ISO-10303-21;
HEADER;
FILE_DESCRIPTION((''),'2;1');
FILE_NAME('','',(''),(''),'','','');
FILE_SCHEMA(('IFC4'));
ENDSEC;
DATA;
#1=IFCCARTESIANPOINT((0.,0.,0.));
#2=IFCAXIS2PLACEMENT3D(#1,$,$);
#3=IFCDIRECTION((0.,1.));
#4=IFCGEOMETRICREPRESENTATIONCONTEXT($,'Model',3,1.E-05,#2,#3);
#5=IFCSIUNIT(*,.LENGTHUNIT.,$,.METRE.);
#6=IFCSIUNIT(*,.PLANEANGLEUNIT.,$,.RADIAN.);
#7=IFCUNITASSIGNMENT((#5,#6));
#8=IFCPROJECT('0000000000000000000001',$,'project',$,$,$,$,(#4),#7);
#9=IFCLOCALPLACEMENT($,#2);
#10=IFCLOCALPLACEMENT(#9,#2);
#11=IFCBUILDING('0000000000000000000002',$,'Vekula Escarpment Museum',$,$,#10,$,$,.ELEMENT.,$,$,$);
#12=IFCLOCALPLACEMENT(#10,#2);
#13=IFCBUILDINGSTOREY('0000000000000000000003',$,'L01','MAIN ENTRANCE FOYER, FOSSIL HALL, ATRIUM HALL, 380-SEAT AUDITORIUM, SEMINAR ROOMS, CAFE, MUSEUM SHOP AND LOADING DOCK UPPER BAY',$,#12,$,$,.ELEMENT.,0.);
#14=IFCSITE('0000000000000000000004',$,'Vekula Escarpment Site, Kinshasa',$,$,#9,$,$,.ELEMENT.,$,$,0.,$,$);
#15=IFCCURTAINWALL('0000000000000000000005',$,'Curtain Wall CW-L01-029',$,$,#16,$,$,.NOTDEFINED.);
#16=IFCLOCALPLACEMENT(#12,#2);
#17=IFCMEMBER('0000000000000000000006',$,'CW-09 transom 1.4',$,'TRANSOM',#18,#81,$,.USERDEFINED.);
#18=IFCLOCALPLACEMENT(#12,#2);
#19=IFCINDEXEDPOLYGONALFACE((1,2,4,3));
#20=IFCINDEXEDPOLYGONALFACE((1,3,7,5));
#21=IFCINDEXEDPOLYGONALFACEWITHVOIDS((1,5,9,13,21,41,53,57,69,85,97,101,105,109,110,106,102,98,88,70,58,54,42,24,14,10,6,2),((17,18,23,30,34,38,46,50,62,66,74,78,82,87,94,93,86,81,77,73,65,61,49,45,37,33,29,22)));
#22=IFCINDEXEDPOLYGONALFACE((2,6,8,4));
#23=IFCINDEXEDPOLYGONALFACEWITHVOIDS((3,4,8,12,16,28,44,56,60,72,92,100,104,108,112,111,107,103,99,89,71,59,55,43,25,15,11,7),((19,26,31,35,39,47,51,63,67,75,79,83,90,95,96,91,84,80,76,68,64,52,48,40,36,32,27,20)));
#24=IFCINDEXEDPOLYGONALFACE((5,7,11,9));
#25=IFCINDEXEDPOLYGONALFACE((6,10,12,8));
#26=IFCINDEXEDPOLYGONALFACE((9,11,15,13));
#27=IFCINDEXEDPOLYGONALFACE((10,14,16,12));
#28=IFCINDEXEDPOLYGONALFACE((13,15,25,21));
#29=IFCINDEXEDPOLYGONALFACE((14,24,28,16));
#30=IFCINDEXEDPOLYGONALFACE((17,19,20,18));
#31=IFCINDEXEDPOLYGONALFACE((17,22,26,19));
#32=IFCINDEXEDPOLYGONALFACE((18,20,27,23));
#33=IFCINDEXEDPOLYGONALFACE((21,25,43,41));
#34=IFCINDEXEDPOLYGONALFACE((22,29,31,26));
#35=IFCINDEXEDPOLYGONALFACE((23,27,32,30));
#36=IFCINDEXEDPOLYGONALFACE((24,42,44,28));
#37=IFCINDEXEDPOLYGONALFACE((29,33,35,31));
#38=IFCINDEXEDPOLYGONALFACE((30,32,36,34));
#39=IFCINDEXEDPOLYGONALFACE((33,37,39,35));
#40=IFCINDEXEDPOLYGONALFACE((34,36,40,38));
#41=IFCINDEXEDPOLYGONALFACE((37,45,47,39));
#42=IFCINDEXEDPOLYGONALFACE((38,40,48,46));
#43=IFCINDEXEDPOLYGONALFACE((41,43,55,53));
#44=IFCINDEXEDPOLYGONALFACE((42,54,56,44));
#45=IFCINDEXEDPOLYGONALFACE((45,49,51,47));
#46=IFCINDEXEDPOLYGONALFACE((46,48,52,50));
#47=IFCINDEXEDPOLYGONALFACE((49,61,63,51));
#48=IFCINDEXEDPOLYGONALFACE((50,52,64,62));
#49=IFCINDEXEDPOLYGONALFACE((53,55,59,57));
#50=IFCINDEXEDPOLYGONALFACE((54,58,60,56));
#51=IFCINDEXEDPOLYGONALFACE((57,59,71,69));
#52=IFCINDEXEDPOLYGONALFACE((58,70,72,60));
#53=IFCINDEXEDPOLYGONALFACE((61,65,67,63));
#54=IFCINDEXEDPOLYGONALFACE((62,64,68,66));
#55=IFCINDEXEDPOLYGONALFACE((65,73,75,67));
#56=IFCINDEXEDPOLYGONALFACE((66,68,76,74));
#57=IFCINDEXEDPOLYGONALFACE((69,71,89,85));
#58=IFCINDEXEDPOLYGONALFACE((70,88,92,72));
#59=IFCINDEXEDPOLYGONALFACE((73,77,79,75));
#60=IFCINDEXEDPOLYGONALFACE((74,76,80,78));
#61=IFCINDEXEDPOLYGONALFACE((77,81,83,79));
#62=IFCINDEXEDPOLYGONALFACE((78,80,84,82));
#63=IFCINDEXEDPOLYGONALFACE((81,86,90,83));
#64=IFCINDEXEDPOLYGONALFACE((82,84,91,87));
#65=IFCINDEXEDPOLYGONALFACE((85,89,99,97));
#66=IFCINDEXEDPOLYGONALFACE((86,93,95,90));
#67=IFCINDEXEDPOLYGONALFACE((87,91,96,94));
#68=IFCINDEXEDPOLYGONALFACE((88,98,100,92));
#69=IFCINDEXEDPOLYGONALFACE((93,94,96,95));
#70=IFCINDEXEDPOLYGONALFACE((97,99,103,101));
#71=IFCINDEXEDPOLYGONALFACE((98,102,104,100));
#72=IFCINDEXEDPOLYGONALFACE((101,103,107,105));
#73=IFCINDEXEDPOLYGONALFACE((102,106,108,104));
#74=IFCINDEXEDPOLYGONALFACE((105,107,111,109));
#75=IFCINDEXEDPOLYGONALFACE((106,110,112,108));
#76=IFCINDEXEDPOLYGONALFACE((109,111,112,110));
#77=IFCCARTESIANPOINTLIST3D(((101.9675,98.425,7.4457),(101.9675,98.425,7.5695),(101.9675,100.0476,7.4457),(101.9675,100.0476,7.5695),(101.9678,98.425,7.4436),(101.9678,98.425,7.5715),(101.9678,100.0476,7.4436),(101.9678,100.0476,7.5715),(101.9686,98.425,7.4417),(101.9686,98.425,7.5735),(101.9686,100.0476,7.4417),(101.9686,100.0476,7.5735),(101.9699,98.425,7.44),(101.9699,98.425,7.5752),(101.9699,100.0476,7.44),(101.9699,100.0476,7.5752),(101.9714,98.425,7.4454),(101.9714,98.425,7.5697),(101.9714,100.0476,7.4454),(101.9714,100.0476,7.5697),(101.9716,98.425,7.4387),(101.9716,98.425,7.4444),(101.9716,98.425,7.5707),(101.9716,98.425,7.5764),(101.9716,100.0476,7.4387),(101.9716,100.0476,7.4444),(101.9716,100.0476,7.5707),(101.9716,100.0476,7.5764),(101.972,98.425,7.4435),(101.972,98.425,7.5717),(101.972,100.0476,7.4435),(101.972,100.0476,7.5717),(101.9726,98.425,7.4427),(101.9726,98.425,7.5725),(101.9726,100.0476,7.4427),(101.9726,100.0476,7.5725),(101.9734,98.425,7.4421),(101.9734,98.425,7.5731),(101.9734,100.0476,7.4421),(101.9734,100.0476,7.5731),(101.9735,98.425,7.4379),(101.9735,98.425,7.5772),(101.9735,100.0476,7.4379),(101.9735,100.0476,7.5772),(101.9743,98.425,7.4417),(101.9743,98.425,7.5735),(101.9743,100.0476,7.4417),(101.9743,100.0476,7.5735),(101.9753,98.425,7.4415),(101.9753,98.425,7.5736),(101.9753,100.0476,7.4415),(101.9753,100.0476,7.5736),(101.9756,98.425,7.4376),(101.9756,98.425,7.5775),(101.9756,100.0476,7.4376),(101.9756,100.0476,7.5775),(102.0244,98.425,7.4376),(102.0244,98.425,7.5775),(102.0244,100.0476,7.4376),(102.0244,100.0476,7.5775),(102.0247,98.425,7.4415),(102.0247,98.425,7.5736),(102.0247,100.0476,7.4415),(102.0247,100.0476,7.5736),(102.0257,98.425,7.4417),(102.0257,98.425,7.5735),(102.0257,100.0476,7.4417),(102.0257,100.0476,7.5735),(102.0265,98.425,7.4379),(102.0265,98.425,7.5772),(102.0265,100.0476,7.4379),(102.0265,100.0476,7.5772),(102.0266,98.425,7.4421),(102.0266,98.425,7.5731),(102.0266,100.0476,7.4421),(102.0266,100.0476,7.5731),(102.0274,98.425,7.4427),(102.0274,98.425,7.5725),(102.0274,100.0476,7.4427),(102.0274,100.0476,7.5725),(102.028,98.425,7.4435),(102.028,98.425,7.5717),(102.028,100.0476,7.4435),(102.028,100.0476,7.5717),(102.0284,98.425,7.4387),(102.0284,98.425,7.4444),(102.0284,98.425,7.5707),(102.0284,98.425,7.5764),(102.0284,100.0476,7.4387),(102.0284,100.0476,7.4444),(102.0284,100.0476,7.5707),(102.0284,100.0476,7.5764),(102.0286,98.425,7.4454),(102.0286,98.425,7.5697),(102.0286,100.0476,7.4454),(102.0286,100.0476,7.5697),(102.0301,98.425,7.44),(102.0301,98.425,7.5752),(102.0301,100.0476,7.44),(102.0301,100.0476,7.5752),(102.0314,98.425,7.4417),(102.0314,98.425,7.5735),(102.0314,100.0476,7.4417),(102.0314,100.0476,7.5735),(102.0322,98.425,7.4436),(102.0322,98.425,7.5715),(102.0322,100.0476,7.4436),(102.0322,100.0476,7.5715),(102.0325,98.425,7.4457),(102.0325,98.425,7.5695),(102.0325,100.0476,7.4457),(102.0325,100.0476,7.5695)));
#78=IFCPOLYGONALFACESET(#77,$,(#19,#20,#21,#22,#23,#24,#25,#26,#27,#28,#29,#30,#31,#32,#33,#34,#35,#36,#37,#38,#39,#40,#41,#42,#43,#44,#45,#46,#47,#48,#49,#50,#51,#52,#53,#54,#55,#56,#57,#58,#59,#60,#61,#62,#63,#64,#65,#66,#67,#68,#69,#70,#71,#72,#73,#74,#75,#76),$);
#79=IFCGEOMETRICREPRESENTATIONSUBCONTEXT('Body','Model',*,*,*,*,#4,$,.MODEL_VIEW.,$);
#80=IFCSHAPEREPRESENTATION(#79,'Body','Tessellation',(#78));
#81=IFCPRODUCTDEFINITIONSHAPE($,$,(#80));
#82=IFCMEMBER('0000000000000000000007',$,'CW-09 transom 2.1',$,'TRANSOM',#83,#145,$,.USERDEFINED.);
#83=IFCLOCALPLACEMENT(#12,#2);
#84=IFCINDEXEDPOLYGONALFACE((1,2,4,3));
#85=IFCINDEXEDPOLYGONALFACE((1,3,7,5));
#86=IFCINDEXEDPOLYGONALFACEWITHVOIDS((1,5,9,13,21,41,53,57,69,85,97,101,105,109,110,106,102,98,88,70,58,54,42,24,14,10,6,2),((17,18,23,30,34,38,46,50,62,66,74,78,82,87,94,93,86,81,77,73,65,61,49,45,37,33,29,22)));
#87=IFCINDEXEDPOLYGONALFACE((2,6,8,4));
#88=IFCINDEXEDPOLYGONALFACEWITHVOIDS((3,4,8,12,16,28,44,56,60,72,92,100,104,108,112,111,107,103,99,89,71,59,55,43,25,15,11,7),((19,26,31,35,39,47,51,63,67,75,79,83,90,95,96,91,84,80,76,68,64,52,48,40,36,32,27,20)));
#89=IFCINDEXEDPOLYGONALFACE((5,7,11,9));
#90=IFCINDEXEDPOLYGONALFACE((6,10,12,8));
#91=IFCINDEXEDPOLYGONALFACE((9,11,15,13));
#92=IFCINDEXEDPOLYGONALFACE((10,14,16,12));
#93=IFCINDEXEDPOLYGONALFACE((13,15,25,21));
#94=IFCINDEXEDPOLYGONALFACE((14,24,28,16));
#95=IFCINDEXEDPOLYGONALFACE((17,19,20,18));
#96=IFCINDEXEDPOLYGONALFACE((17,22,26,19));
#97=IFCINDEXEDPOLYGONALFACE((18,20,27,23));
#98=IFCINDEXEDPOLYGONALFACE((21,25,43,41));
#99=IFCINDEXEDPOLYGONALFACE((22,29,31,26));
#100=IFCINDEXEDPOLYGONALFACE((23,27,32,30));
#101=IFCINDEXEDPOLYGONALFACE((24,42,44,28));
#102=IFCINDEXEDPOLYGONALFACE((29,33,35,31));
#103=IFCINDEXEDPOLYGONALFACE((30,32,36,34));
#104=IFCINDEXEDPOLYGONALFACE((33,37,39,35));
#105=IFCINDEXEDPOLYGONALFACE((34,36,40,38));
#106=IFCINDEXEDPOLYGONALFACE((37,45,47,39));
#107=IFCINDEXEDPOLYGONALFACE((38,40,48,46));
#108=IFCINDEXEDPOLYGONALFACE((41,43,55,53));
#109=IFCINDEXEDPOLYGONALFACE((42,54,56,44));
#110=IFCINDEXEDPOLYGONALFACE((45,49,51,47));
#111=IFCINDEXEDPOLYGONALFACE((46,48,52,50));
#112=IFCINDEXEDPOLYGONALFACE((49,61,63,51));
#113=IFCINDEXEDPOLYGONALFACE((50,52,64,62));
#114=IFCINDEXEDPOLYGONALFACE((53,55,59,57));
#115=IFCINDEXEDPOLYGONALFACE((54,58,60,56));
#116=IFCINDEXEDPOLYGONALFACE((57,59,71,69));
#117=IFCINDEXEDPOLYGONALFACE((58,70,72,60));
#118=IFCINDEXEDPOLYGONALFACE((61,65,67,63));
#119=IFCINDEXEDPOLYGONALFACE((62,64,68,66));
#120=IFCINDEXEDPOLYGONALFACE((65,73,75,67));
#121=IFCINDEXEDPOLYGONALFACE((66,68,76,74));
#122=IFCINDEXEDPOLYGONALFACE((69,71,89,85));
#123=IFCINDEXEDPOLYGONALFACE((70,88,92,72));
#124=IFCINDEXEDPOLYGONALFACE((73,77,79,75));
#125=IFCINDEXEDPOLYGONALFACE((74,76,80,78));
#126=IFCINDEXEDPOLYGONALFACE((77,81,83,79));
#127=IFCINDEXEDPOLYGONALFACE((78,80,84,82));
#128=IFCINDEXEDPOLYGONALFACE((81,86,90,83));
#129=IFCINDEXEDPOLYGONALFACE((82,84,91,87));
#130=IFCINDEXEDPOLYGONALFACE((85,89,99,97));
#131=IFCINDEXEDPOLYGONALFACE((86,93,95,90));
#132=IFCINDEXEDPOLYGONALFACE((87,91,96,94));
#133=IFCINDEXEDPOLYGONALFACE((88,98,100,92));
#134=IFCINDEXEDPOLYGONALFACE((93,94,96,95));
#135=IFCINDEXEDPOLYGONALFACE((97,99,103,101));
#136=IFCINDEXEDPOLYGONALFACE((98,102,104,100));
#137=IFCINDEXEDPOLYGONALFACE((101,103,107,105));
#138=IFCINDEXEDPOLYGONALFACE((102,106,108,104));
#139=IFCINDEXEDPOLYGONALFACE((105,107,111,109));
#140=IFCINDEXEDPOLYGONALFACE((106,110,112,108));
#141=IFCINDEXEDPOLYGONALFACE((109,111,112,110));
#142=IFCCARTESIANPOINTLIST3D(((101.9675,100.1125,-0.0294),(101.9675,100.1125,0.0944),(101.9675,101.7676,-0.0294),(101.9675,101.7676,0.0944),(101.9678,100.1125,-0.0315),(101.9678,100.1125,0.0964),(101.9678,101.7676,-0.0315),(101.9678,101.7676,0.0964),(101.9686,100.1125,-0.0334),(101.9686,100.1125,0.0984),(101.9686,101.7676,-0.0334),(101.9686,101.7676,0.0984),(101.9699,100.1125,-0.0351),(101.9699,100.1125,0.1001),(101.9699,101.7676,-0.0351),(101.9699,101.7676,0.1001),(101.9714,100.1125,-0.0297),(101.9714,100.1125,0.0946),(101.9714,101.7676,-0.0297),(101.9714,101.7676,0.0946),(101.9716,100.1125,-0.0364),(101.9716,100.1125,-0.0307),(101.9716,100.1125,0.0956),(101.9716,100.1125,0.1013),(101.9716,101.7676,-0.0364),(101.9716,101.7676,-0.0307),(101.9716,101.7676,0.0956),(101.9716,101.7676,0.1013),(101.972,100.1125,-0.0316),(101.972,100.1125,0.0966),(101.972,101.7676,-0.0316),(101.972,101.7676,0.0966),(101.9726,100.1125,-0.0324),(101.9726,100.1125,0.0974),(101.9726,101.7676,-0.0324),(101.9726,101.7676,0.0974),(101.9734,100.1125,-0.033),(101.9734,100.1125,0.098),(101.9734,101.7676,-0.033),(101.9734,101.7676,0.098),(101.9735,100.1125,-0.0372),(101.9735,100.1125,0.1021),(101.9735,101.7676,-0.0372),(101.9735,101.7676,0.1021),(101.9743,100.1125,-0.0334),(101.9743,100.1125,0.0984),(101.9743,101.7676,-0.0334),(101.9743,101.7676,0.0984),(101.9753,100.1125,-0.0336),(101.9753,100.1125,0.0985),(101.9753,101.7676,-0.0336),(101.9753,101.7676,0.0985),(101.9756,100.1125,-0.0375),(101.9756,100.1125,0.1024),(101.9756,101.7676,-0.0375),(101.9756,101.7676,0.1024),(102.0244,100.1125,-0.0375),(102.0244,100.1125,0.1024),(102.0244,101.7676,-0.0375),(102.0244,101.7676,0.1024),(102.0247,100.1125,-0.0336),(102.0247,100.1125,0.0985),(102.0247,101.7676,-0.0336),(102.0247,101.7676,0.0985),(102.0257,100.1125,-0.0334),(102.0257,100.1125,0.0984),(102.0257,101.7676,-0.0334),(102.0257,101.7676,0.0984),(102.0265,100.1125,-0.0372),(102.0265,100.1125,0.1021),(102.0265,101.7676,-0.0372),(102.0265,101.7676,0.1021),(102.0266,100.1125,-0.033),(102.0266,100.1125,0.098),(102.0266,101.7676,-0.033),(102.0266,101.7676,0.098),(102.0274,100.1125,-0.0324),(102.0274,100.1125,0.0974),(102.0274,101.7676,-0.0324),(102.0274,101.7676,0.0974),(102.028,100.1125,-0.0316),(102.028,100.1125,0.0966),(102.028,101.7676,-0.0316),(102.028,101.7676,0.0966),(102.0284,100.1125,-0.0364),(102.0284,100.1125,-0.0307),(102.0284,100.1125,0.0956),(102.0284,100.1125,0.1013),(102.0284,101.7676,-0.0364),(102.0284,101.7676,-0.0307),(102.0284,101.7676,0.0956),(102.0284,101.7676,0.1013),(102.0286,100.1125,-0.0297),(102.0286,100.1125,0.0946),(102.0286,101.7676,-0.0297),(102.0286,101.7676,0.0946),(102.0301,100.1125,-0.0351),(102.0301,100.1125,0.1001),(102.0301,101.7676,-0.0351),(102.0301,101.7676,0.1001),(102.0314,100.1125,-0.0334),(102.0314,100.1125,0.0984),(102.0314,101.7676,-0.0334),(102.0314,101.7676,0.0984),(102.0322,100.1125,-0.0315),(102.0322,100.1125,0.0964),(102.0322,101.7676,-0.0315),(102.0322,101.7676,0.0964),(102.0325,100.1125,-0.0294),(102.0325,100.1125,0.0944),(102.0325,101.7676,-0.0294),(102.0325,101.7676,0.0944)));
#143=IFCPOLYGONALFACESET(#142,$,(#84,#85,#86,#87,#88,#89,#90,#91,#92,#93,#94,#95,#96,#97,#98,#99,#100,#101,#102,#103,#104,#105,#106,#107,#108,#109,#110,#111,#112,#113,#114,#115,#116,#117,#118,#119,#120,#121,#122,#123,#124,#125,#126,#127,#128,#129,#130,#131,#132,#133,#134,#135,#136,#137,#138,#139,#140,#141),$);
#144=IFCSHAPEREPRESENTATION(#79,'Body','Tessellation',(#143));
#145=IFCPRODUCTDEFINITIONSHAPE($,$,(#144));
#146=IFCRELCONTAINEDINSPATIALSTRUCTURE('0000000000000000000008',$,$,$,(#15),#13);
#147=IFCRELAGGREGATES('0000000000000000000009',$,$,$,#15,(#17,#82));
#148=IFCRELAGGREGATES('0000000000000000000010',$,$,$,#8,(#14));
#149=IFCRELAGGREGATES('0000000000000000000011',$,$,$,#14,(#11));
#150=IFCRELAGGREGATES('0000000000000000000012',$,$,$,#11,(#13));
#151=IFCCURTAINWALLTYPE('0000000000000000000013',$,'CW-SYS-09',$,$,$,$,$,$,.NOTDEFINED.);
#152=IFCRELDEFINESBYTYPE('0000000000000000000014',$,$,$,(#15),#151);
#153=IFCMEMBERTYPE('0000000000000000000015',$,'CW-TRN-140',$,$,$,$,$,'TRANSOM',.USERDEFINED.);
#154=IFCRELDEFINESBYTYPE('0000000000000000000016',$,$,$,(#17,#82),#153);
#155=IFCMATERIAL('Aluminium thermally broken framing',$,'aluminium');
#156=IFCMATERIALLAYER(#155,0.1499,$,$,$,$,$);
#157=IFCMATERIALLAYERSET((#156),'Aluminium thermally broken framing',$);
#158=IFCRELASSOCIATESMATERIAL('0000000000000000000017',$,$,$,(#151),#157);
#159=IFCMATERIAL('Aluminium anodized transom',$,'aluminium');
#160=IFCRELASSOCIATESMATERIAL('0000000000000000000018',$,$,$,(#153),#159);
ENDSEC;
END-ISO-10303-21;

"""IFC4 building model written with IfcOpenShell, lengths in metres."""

from ifc_helpers import new_model, si_unit, direction, frame, origin, origin_2d, place, context, subcontext, project, spatial, hollow_rectangle, extrude, material, layer, layer_set, material_profile, profile_set, type_object, element, aggregate, save


model = new_model("IFC4")

# Units and contexts
model_context = context("Model", 3, precision=1e-05, world=origin(), true_north=direction((0.0, 1.0)))
body_context = subcontext(model_context, "Body", "Model", "MODEL_VIEW")
ifc_project = project(units=[si_unit("LENGTHUNIT", "METRE"), si_unit("PLANEANGLEUNIT", "RADIAN")], contexts=[model_context])

# Site, building, storey
site_placement = place(None, origin())
site = spatial("IfcSite", under=ifc_project, at=site_placement, Name="Vekula Escarpment Site, Kinshasa", CompositionType="ELEMENT", RefElevation=0.0)
building_placement = place(site_placement, origin())
building = spatial("IfcBuilding", under=site, at=building_placement, Name="Vekula Escarpment Museum", CompositionType="ELEMENT")
storey_placement = place(building_placement, origin())
storey = spatial("IfcBuildingStorey", under=building, at=storey_placement, Name="L01", Description="MAIN ENTRANCE FOYER, FOSSIL HALL, ATRIUM HALL, 380-SEAT AUDITORIUM, SEMINAR ROOMS, CAFE, MUSEUM SHOP AND LOADING DOCK UPPER BAY", CompositionType="ELEMENT", Elevation=0.0)

# Curtain wall
ifc_material_1 = material(Name="Aluminium thermally broken framing", Category="aluminium")
ifc_layer_1 = layer(ifc_material_1, 0.1499)
ifc_layer_set_1 = layer_set([ifc_layer_1], Name="Aluminium thermally broken framing")
curtain_wall_type_1 = type_object("IfcCurtainWallType", Name="CW-SYS-09", PredefinedType="NOTDEFINED", material=ifc_layer_set_1)
curtain_wall_1_placement = place(storey_placement, origin())
curtain_wall_1 = element("IfcCurtainWall", 1, at=curtain_wall_1_placement, inside=storey, type_object=curtain_wall_type_1, Name="Curtain Wall CW-L01-029", PredefinedType="NOTDEFINED")

# Members
ifc_material_2 = material(Name="Aluminium anodized transom", Category="aluminium")
ifc_material_profile_1 = material_profile(ifc_material_2, hollow_rectangle(XDim=0.0649, YDim=0.1399, WallThickness=0.0039, InnerFilletRadius=0.0039, OuterFilletRadius=0.0081, at=origin_2d()), Name="ALU 140x65x4")
ifc_profile_set_1 = profile_set([ifc_material_profile_1], Name="Aluminium anodized transom")
member_type_1 = type_object("IfcMemberType", Name="CW-TRN-140", ElementType="TRANSOM", PredefinedType="USERDEFINED", material=ifc_profile_set_1)
member_1_placement = place(storey_placement, frame((102.0, 98.425, 7.5076), z_axis=(0.0, 1.0, 0.0), x_axis=(-1.0, 0.0, 0.0)))
member_1 = element("IfcMember", 2, at=member_1_placement, type_object=member_type_1, Name="CW-09 transom 1.4", ObjectType="TRANSOM", PredefinedType="USERDEFINED", context=body_context, shape_type="SweptSolid", body=[
    extrude(hollow_rectangle(XDim=0.0649, YDim=0.1399, WallThickness=0.0039, InnerFilletRadius=0.0039, OuterFilletRadius=0.0081, at=origin_2d()), origin(), (0.0, 0.0, 1.0), 1.6226),
])
member_2_placement = place(storey_placement, frame((102.0, 100.1125, 0.0325), z_axis=(0.0, 1.0, 0.0), x_axis=(-1.0, 0.0, 0.0)))
member_2 = element("IfcMember", 3, at=member_2_placement, type_object=member_type_1, Name="CW-09 transom 2.1", ObjectType="TRANSOM", PredefinedType="USERDEFINED", context=body_context, shape_type="SweptSolid", body=[
    extrude(hollow_rectangle(XDim=0.0649, YDim=0.1399, WallThickness=0.0039, InnerFilletRadius=0.0039, OuterFilletRadius=0.0081, at=origin_2d()), origin(), (0.0, 0.0, 1.0), 1.655),
])

aggregate(curtain_wall_1, [member_1, member_2])

save(model, "model.ifc")
